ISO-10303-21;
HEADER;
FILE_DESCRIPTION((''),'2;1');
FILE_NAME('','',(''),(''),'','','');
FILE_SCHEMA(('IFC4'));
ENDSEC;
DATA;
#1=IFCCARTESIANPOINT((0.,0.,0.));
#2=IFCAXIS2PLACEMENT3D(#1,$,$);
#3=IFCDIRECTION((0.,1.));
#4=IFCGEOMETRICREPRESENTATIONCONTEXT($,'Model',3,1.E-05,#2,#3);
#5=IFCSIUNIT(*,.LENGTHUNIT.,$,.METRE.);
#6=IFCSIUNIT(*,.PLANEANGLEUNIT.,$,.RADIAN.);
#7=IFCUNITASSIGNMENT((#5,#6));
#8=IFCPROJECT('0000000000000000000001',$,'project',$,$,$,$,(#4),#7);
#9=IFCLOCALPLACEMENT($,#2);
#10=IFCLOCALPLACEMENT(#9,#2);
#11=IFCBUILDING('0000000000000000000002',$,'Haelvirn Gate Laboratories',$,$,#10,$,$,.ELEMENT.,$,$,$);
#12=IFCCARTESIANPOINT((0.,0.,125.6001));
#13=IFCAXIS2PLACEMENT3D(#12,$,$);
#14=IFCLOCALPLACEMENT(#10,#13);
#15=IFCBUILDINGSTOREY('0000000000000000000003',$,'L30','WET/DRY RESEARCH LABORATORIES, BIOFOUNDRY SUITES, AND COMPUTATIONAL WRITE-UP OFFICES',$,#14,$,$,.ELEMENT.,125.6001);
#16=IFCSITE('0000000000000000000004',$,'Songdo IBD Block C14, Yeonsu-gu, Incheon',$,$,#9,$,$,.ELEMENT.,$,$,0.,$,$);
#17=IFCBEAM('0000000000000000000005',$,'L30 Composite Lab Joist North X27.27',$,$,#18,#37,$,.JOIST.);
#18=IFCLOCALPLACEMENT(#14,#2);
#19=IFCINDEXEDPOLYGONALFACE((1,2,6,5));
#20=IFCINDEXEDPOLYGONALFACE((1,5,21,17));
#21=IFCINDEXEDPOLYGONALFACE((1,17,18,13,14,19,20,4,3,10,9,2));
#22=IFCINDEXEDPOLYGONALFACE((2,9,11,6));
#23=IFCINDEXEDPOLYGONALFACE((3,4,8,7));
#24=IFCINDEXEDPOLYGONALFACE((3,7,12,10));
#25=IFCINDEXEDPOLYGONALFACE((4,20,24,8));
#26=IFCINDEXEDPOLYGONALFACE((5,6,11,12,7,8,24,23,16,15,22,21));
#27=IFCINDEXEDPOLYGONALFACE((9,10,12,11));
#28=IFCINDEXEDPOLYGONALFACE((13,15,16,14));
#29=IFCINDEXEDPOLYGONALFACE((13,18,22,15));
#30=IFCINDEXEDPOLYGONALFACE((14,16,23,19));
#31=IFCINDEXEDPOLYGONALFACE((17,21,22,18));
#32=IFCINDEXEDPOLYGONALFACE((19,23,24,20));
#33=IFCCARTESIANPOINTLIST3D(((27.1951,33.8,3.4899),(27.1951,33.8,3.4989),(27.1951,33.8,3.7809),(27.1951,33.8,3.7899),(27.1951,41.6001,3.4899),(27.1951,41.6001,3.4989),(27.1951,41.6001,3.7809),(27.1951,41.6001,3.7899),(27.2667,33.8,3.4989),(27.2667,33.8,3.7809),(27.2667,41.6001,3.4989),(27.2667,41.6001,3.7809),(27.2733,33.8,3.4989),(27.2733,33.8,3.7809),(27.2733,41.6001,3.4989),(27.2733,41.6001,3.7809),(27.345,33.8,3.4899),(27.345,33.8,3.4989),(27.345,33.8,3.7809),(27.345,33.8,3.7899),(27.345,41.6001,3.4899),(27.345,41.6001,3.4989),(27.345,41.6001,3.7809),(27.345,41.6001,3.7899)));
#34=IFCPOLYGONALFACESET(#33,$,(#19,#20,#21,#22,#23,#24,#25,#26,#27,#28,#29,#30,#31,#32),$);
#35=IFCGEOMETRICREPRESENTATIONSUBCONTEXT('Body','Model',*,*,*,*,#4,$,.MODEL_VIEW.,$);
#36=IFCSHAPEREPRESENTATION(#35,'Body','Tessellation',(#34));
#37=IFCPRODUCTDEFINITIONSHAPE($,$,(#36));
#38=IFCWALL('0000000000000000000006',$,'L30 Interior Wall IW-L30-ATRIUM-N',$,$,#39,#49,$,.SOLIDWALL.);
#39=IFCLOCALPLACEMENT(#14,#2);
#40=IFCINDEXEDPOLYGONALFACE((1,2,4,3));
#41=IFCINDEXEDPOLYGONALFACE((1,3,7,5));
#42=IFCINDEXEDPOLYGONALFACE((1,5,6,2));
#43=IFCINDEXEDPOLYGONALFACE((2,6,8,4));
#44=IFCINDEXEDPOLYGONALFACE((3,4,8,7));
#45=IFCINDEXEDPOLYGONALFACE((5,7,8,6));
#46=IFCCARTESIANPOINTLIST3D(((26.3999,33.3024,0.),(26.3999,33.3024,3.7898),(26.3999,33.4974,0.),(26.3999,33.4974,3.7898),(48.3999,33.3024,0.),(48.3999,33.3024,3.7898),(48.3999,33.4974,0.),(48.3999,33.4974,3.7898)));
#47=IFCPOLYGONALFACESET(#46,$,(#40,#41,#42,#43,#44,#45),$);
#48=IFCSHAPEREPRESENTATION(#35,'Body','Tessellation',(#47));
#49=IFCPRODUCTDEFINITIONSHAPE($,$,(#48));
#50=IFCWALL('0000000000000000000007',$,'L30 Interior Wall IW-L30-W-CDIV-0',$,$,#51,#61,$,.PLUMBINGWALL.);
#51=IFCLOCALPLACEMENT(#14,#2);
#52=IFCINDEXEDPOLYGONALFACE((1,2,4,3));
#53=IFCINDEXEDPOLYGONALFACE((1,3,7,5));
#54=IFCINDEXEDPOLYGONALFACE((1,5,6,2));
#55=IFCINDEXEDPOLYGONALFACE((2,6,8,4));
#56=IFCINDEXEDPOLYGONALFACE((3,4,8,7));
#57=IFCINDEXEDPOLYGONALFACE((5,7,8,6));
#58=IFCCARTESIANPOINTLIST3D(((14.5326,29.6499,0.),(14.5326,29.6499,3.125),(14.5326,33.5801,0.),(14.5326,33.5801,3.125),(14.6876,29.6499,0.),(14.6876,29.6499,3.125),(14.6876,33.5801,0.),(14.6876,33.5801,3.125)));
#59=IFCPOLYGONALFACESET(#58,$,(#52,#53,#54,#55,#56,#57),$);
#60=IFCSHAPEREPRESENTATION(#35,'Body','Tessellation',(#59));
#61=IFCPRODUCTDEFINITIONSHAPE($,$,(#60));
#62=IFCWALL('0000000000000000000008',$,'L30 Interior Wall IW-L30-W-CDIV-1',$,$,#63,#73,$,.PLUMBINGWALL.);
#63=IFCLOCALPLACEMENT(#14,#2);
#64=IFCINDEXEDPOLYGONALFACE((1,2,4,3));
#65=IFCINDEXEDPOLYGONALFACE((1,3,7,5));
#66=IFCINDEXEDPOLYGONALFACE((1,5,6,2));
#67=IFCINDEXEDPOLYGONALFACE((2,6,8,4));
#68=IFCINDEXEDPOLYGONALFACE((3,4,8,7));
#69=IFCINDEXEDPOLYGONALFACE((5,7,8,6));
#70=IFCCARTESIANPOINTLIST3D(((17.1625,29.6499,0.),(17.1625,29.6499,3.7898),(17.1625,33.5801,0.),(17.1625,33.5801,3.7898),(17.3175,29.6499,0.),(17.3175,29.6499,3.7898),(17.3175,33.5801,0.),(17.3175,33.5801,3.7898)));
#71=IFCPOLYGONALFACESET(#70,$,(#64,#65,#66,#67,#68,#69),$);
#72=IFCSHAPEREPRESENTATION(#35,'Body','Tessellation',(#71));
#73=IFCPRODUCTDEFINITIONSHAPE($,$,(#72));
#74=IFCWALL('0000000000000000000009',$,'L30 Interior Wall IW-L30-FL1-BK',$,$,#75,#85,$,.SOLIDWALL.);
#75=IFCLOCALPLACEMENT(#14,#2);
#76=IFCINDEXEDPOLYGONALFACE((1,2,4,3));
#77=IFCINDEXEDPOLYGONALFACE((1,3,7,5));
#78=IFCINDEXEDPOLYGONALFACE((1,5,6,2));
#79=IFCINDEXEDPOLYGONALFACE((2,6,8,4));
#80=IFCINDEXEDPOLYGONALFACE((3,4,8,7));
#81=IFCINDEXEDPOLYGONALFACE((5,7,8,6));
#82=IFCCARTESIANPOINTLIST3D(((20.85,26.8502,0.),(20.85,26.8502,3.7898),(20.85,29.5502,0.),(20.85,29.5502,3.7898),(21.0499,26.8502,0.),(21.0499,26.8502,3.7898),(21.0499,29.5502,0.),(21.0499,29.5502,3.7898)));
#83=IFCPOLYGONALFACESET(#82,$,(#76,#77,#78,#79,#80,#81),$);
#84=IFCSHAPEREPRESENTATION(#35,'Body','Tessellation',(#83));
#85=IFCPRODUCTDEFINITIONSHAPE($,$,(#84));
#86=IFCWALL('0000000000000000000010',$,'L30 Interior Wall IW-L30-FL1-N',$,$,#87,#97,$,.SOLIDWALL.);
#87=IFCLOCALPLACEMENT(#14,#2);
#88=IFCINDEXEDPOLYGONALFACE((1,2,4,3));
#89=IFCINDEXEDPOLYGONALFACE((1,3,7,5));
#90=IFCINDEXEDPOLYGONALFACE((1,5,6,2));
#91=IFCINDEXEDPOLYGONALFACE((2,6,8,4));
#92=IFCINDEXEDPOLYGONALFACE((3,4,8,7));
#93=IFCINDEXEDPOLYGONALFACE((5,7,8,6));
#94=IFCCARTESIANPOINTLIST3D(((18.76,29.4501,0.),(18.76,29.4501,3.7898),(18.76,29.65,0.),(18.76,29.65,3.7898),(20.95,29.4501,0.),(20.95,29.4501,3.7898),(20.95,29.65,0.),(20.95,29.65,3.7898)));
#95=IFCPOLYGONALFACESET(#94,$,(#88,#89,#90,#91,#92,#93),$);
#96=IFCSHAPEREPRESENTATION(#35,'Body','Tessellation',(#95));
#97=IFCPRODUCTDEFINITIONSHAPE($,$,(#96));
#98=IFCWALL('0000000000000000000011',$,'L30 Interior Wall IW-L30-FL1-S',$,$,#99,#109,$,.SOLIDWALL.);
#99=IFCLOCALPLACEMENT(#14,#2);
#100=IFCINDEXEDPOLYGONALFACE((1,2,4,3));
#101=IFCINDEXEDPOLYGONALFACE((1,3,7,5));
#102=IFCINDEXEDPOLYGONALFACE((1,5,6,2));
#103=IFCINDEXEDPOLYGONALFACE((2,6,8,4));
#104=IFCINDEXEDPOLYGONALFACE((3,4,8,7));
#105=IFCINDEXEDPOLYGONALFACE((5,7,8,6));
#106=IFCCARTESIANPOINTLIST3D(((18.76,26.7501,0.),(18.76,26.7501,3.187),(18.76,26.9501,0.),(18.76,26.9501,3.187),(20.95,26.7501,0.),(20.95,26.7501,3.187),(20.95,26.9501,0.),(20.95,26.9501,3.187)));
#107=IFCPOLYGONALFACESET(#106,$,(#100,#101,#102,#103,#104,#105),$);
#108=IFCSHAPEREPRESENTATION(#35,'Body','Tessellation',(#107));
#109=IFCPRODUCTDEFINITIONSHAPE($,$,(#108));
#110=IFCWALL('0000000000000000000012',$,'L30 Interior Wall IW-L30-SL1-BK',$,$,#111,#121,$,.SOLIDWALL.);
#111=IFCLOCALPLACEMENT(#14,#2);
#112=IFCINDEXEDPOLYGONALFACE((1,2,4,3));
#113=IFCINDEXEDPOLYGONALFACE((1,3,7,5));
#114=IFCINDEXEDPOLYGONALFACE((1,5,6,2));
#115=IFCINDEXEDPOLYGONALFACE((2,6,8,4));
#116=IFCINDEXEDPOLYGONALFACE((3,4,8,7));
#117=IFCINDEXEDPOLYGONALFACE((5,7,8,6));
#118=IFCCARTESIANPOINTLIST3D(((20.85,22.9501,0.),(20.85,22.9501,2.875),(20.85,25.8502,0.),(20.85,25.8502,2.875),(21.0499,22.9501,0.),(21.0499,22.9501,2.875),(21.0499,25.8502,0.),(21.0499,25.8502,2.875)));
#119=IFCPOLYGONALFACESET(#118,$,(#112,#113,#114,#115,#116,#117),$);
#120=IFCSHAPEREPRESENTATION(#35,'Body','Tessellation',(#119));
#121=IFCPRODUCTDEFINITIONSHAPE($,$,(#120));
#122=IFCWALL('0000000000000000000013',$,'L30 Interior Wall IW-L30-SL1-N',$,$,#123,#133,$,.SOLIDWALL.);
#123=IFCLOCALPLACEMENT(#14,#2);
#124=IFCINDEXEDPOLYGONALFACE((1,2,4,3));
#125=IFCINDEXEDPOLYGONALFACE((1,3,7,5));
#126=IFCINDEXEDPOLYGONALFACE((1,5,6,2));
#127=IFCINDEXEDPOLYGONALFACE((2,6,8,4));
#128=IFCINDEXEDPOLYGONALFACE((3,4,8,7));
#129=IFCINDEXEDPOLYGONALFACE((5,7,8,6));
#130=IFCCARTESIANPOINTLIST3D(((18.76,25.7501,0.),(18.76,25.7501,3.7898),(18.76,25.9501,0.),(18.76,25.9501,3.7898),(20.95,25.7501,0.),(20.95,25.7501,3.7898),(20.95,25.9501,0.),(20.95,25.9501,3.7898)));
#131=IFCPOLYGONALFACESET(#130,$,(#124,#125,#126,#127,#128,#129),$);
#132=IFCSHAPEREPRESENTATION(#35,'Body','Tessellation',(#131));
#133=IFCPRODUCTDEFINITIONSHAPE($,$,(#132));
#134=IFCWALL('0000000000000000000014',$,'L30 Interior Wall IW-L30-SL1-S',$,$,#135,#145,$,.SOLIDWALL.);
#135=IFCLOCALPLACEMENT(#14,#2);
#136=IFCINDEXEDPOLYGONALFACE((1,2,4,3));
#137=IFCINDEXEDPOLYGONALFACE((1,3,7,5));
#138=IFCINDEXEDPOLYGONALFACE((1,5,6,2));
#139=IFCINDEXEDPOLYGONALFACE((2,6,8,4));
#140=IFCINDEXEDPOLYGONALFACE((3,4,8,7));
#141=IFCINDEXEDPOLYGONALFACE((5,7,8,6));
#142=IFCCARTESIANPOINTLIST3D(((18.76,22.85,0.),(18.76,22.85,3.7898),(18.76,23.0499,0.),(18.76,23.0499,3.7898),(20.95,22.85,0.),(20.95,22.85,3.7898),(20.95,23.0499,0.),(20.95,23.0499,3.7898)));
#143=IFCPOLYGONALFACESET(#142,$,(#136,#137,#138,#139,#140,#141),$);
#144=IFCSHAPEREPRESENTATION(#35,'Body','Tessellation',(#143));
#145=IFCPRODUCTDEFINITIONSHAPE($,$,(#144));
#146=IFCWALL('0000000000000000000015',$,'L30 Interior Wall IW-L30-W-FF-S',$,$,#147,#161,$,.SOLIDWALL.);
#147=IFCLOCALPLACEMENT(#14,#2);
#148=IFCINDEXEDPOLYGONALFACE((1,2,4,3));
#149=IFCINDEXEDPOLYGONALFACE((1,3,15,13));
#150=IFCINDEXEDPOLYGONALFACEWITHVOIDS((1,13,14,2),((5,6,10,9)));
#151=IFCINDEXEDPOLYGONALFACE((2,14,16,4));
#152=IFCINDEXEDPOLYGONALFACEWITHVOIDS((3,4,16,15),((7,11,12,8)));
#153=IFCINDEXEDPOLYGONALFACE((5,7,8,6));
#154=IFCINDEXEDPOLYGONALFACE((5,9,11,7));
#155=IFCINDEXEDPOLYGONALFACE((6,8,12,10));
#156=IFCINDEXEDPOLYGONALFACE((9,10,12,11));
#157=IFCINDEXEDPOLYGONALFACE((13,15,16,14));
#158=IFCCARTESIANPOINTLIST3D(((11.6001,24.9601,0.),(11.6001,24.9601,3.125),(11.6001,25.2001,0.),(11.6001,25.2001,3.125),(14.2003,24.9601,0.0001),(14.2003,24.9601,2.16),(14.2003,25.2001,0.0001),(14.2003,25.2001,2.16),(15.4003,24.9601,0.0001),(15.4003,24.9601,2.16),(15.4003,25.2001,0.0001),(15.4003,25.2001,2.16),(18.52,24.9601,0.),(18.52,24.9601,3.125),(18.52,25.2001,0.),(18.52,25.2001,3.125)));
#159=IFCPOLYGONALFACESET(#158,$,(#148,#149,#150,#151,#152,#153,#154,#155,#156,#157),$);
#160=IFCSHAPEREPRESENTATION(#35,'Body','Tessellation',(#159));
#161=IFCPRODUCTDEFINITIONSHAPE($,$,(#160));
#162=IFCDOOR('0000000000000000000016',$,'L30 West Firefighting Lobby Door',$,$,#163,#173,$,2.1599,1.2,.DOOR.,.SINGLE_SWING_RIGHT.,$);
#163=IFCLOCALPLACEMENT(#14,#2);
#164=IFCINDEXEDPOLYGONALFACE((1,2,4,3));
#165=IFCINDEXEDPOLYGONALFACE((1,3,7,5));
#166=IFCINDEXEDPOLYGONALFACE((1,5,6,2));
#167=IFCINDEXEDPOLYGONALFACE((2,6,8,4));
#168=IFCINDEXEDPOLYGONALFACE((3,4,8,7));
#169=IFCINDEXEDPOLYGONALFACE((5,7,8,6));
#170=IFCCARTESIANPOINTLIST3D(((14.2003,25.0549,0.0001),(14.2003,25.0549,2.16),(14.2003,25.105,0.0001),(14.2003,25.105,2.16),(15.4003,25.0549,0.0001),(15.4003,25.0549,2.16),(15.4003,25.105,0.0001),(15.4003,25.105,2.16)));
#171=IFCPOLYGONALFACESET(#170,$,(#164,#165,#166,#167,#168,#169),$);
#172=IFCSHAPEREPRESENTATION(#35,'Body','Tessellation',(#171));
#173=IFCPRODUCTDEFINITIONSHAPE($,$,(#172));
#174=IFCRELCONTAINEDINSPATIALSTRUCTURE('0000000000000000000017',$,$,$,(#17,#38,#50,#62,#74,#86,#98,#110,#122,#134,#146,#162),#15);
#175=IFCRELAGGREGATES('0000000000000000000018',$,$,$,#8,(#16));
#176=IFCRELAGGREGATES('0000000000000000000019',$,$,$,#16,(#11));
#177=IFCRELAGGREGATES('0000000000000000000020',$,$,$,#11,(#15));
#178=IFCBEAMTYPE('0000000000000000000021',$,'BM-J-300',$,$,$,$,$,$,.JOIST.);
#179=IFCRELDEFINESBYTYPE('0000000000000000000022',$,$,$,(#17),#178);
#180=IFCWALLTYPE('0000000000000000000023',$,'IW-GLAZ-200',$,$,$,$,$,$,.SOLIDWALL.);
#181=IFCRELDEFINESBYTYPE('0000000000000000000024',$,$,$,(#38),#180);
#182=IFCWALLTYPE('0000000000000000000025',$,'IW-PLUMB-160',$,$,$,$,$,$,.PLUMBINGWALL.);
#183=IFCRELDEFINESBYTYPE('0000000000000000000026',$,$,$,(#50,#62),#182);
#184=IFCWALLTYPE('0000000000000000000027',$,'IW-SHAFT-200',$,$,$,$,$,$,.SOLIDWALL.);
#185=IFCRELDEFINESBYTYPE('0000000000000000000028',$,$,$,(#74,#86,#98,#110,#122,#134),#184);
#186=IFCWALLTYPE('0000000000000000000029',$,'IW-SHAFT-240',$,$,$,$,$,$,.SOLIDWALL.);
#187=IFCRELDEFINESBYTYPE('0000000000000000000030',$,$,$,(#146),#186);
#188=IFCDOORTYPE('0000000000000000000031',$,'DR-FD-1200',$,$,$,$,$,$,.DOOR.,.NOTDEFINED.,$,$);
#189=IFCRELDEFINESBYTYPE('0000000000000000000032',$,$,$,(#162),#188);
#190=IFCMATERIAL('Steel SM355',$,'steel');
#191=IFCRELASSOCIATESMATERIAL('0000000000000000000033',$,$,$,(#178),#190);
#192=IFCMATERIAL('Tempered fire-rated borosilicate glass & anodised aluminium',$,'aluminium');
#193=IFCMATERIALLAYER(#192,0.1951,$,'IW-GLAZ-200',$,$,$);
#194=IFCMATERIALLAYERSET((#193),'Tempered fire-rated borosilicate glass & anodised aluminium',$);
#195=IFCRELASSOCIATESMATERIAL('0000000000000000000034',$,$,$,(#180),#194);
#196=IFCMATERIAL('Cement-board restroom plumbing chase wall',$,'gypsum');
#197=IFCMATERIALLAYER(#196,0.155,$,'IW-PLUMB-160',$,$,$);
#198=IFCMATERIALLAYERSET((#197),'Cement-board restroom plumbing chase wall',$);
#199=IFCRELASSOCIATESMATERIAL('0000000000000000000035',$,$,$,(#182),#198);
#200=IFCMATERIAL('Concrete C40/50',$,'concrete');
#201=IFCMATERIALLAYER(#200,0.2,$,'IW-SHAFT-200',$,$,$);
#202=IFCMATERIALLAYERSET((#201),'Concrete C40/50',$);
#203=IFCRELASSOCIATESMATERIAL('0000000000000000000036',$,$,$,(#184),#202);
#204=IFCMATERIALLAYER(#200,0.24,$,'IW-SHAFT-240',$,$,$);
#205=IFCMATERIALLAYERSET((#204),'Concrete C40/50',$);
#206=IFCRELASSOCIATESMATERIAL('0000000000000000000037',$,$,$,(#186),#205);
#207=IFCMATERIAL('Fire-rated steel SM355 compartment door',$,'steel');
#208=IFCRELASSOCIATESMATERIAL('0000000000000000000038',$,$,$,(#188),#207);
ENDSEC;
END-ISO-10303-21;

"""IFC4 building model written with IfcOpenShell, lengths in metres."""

from ifc_helpers import new_model, si_unit, direction, frame, frame_2d, origin, origin_2d, place, context, subcontext, project, spatial, rectangle, i_section, extrude, source, transform, mapped, material, layer, layer_set, material_profile, profile_set, type_object, type_shapes, element, fill, save


model = new_model("IFC4")

# Units and contexts
model_context = context("Model", 3, precision=1e-05, world=origin(), true_north=direction((0.0, 1.0)))
body_context = subcontext(model_context, "Body", "Model", "MODEL_VIEW")
ifc_project = project(units=[si_unit("LENGTHUNIT", "METRE"), si_unit("PLANEANGLEUNIT", "RADIAN")], contexts=[model_context])

# Site, building, storey
site_placement = place(None, origin())
site = spatial("IfcSite", under=ifc_project, at=site_placement, Name="Songdo IBD Block C14, Yeonsu-gu, Incheon", CompositionType="ELEMENT", RefElevation=0.0)
building_placement = place(site_placement, origin())
building = spatial("IfcBuilding", under=site, at=building_placement, Name="Haelvirn Gate Laboratories", CompositionType="ELEMENT")
storey_placement = place(building_placement, frame((0.0, 0.0, 125.6001)))
storey = spatial("IfcBuildingStorey", under=building, at=storey_placement, Name="L30", Description="WET/DRY RESEARCH LABORATORIES, BIOFOUNDRY SUITES, AND COMPUTATIONAL WRITE-UP OFFICES", CompositionType="ELEMENT", Elevation=125.6001)

# Shared definitions
ifc_material_1 = material(Name="Steel SM355", Category="steel")

# Beam
ifc_material_profile_1 = material_profile(ifc_material_1, i_section(OverallWidth=0.1499, OverallDepth=0.3, WebThickness=0.0066, FlangeThickness=0.009, at=origin_2d()), Name="H-300x150x6.5x9")
ifc_profile_set_1 = profile_set([ifc_material_profile_1], Name="Steel SM355")
beam_type_1 = type_object("IfcBeamType", Name="BM-J-300", PredefinedType="JOIST", material=ifc_profile_set_1)
shared_shape_1 = source(origin(), body_context, "Body", "SweptSolid", [
    extrude(i_section(OverallWidth=0.1499, OverallDepth=0.3, WebThickness=0.0066, FlangeThickness=0.009, at=origin_2d()), origin(), (0.0, 0.0, 1.0), 7.8),
])
type_shapes(beam_type_1, [shared_shape_1])
for number, where, z_axis, x_axis, name in (
    (1, (27.27, 33.8, 3.6399), (0.0, 1.0, 0.0), (-1.0, 0.0, 0.0), "L30 Composite Lab Joist North X27.27"),
):
    element("IfcBeam", number, at=place(storey_placement, frame(where, z_axis=z_axis, x_axis=x_axis)), inside=storey, type_object=beam_type_1, Name=name, PredefinedType="JOIST", context=body_context, shape_type="MappedRepresentation", body=[
        mapped(shared_shape_1, transform((0.0, 0.0, 0.0), scale=1.0)),
    ])

# Walls
ifc_material_2 = material(Name="Tempered fire-rated borosilicate glass & anodised aluminium", Category="aluminium")
ifc_layer_1 = layer(ifc_material_2, 0.1951, Name="IW-GLAZ-200")
ifc_layer_set_1 = layer_set([ifc_layer_1], Name="Tempered fire-rated borosilicate glass & anodised aluminium")
wall_type_1 = type_object("IfcWallType", Name="IW-GLAZ-200", PredefinedType="SOLIDWALL", material=ifc_layer_set_1)
wall_1_placement = place(storey_placement, frame((26.3999, 33.3999, 0.0), z_axis=(0.0, 0.0, 1.0), x_axis=(1.0, 0.0, 0.0)))
element("IfcWall", 2, at=wall_1_placement, inside=storey, type_object=wall_type_1, Name="L30 Interior Wall IW-L30-ATRIUM-N", PredefinedType="SOLIDWALL", context=body_context, shape_type="SweptSolid", body=[
    extrude(rectangle(XDim=22.0, YDim=0.1951, at=frame_2d((11.0, 0.0))), origin(), (0.0, 0.0, 1.0), 3.7898),
])
ifc_material_3 = material(Name="Cement-board restroom plumbing chase wall", Category="gypsum")
ifc_layer_2 = layer(ifc_material_3, 0.155, Name="IW-PLUMB-160")
ifc_layer_set_2 = layer_set([ifc_layer_2], Name="Cement-board restroom plumbing chase wall")
wall_type_2 = type_object("IfcWallType", Name="IW-PLUMB-160", PredefinedType="PLUMBINGWALL", material=ifc_layer_set_2)
wall_2_placement = place(storey_placement, frame((14.6101, 29.6499, 0.0), z_axis=(0.0, 0.0, 1.0), x_axis=(0.0, 1.0, 0.0)))
element("IfcWall", 3, at=wall_2_placement, inside=storey, type_object=wall_type_2, Name="L30 Interior Wall IW-L30-W-CDIV-0", PredefinedType="PLUMBINGWALL", context=body_context, shape_type="SweptSolid", body=[
    extrude(rectangle(XDim=3.9302, YDim=0.155, at=frame_2d((1.9651, 0.0))), origin(), (0.0, 0.0, 1.0), 3.125),
])
wall_3_placement = place(storey_placement, frame((17.24, 29.6499, 0.0), z_axis=(0.0, 0.0, 1.0), x_axis=(0.0, 1.0, 0.0)))
element("IfcWall", 4, at=wall_3_placement, inside=storey, type_object=wall_type_2, Name="L30 Interior Wall IW-L30-W-CDIV-1", PredefinedType="PLUMBINGWALL", context=body_context, shape_type="SweptSolid", body=[
    extrude(rectangle(XDim=3.9302, YDim=0.155, at=frame_2d((1.9651, 0.0))), origin(), (0.0, 0.0, 1.0), 3.7898),
])
ifc_material_4 = material(Name="Concrete C40/50", Category="concrete")
ifc_layer_3 = layer(ifc_material_4, 0.2, Name="IW-SHAFT-200")
ifc_layer_set_3 = layer_set([ifc_layer_3], Name="Concrete C40/50")
wall_type_3 = type_object("IfcWallType", Name="IW-SHAFT-200", PredefinedType="SOLIDWALL", material=ifc_layer_set_3)
wall_4_placement = place(storey_placement, frame((20.95, 26.8501, 0.0), z_axis=(0.0, 0.0, 1.0), x_axis=(0.0, 1.0, 0.0)))
element("IfcWall", 5, at=wall_4_placement, inside=storey, type_object=wall_type_3, Name="L30 Interior Wall IW-L30-FL1-BK", PredefinedType="SOLIDWALL", context=body_context, shape_type="SweptSolid", body=[
    extrude(rectangle(XDim=2.7, YDim=0.2, at=frame_2d((1.3501, 0.0))), origin(), (0.0, 0.0, 1.0), 3.7898),
])
wall_5_placement = place(storey_placement, frame((18.76, 29.55, 0.0), z_axis=(0.0, 0.0, 1.0), x_axis=(1.0, 0.0, 0.0)))
element("IfcWall", 6, at=wall_5_placement, inside=storey, type_object=wall_type_3, Name="L30 Interior Wall IW-L30-FL1-N", PredefinedType="SOLIDWALL", context=body_context, shape_type="SweptSolid", body=[
    extrude(rectangle(XDim=2.1899, YDim=0.2, at=frame_2d((1.095, 0.0))), origin(), (0.0, 0.0, 1.0), 3.7898),
])
wall_6_placement = place(storey_placement, frame((18.76, 26.8501, 0.0), z_axis=(0.0, 0.0, 1.0), x_axis=(1.0, 0.0, 0.0)))
element("IfcWall", 7, at=wall_6_placement, inside=storey, type_object=wall_type_3, Name="L30 Interior Wall IW-L30-FL1-S", PredefinedType="SOLIDWALL", context=body_context, shape_type="SweptSolid", body=[
    extrude(rectangle(XDim=2.1899, YDim=0.2, at=frame_2d((1.095, 0.0))), origin(), (0.0, 0.0, 1.0), 3.187),
])
wall_7_placement = place(storey_placement, frame((20.95, 22.95, 0.0), z_axis=(0.0, 0.0, 1.0), x_axis=(0.0, 1.0, 0.0)))
element("IfcWall", 8, at=wall_7_placement, inside=storey, type_object=wall_type_3, Name="L30 Interior Wall IW-L30-SL1-BK", PredefinedType="SOLIDWALL", context=body_context, shape_type="SweptSolid", body=[
    extrude(rectangle(XDim=2.9001, YDim=0.2, at=frame_2d((1.4502, 0.0))), origin(), (0.0, 0.0, 1.0), 2.875),
])
for number, where, z_axis, x_axis, name in (
    (9, (18.76, 25.8501, 0.0), (0.0, 0.0, 1.0), (1.0, 0.0, 0.0), "L30 Interior Wall IW-L30-SL1-N"),
    (10, (18.76, 22.95, 0.0), (0.0, 0.0, 1.0), (1.0, 0.0, 0.0), "L30 Interior Wall IW-L30-SL1-S"),
):
    element("IfcWall", number, at=place(storey_placement, frame(where, z_axis=z_axis, x_axis=x_axis)), inside=storey, type_object=wall_type_3, Name=name, PredefinedType="SOLIDWALL", context=body_context, shape_type="SweptSolid", body=[
        extrude(rectangle(XDim=2.1899, YDim=0.2, at=frame_2d((1.095, 0.0))), origin(), (0.0, 0.0, 1.0), 3.7898),
    ])

# Wall, opening, door
ifc_layer_4 = layer(ifc_material_4, 0.24, Name="IW-SHAFT-240")
ifc_layer_set_4 = layer_set([ifc_layer_4], Name="Concrete C40/50")
wall_type_4 = type_object("IfcWallType", Name="IW-SHAFT-240", PredefinedType="SOLIDWALL", material=ifc_layer_set_4)
wall_8_placement = place(storey_placement, frame((11.6001, 25.0801, 0.0), z_axis=(0.0, 0.0, 1.0), x_axis=(1.0, 0.0, 0.0)))
wall_8 = element("IfcWall", 11, at=wall_8_placement, inside=storey, type_object=wall_type_4, Name="L30 Interior Wall IW-L30-W-FF-S", PredefinedType="SOLIDWALL", context=body_context, shape_type="SweptSolid", body=[
    extrude(rectangle(XDim=6.9199, YDim=0.24, at=frame_2d((3.46, 0.0))), origin(), (0.0, 0.0, 1.0), 3.125),
])
opening_placement = place(wall_8_placement, frame((2.6001, 0.0, 0.0)))
opening = element("IfcOpeningElement", 12, at=opening_placement, cuts=wall_8, PredefinedType="OPENING", context=body_context, shape_type="SweptSolid", body=[
    extrude(rectangle(XDim=1.2, YDim=2.1599, at=frame_2d((0.6001, 1.0801))), frame((0.0, 0.1299, 0.0), z_axis=(0.0, -1.0, 0.0), x_axis=(1.0, 0.0, 0.0)), (0.0, 0.0, 1.0), 0.26),
])
ifc_material_5 = material(Name="Fire-rated steel SM355 compartment door", Category="steel")
door_type = type_object("IfcDoorType", Name="DR-FD-1200", OperationType="NOTDEFINED", PredefinedType="DOOR", material=ifc_material_5)
shared_shape_2 = source(origin(), body_context, "Body", "SweptSolid", [
    extrude(rectangle(XDim=1.2, YDim=2.1599, at=frame_2d((0.6001, 1.0801))), frame((0.0, 0.0249, 0.0), z_axis=(0.0, -1.0, 0.0), x_axis=(1.0, 0.0, 0.0)), (0.0, 0.0, 1.0), 0.05),
])
type_shapes(door_type, [shared_shape_2])
door_placement = place(opening_placement, origin())
door = element("IfcDoor", 13, at=door_placement, inside=storey, type_object=door_type, Name="L30 West Firefighting Lobby Door", OperationType="SINGLE_SWING_RIGHT", OverallHeight=2.1599, OverallWidth=1.2, PredefinedType="DOOR", context=body_context, shape_type="MappedRepresentation", body=[
    mapped(shared_shape_2, transform((0.0, 0.0, 0.0), scale=1.0)),
])
fill(opening, door)

save(model, "model.ifc")
